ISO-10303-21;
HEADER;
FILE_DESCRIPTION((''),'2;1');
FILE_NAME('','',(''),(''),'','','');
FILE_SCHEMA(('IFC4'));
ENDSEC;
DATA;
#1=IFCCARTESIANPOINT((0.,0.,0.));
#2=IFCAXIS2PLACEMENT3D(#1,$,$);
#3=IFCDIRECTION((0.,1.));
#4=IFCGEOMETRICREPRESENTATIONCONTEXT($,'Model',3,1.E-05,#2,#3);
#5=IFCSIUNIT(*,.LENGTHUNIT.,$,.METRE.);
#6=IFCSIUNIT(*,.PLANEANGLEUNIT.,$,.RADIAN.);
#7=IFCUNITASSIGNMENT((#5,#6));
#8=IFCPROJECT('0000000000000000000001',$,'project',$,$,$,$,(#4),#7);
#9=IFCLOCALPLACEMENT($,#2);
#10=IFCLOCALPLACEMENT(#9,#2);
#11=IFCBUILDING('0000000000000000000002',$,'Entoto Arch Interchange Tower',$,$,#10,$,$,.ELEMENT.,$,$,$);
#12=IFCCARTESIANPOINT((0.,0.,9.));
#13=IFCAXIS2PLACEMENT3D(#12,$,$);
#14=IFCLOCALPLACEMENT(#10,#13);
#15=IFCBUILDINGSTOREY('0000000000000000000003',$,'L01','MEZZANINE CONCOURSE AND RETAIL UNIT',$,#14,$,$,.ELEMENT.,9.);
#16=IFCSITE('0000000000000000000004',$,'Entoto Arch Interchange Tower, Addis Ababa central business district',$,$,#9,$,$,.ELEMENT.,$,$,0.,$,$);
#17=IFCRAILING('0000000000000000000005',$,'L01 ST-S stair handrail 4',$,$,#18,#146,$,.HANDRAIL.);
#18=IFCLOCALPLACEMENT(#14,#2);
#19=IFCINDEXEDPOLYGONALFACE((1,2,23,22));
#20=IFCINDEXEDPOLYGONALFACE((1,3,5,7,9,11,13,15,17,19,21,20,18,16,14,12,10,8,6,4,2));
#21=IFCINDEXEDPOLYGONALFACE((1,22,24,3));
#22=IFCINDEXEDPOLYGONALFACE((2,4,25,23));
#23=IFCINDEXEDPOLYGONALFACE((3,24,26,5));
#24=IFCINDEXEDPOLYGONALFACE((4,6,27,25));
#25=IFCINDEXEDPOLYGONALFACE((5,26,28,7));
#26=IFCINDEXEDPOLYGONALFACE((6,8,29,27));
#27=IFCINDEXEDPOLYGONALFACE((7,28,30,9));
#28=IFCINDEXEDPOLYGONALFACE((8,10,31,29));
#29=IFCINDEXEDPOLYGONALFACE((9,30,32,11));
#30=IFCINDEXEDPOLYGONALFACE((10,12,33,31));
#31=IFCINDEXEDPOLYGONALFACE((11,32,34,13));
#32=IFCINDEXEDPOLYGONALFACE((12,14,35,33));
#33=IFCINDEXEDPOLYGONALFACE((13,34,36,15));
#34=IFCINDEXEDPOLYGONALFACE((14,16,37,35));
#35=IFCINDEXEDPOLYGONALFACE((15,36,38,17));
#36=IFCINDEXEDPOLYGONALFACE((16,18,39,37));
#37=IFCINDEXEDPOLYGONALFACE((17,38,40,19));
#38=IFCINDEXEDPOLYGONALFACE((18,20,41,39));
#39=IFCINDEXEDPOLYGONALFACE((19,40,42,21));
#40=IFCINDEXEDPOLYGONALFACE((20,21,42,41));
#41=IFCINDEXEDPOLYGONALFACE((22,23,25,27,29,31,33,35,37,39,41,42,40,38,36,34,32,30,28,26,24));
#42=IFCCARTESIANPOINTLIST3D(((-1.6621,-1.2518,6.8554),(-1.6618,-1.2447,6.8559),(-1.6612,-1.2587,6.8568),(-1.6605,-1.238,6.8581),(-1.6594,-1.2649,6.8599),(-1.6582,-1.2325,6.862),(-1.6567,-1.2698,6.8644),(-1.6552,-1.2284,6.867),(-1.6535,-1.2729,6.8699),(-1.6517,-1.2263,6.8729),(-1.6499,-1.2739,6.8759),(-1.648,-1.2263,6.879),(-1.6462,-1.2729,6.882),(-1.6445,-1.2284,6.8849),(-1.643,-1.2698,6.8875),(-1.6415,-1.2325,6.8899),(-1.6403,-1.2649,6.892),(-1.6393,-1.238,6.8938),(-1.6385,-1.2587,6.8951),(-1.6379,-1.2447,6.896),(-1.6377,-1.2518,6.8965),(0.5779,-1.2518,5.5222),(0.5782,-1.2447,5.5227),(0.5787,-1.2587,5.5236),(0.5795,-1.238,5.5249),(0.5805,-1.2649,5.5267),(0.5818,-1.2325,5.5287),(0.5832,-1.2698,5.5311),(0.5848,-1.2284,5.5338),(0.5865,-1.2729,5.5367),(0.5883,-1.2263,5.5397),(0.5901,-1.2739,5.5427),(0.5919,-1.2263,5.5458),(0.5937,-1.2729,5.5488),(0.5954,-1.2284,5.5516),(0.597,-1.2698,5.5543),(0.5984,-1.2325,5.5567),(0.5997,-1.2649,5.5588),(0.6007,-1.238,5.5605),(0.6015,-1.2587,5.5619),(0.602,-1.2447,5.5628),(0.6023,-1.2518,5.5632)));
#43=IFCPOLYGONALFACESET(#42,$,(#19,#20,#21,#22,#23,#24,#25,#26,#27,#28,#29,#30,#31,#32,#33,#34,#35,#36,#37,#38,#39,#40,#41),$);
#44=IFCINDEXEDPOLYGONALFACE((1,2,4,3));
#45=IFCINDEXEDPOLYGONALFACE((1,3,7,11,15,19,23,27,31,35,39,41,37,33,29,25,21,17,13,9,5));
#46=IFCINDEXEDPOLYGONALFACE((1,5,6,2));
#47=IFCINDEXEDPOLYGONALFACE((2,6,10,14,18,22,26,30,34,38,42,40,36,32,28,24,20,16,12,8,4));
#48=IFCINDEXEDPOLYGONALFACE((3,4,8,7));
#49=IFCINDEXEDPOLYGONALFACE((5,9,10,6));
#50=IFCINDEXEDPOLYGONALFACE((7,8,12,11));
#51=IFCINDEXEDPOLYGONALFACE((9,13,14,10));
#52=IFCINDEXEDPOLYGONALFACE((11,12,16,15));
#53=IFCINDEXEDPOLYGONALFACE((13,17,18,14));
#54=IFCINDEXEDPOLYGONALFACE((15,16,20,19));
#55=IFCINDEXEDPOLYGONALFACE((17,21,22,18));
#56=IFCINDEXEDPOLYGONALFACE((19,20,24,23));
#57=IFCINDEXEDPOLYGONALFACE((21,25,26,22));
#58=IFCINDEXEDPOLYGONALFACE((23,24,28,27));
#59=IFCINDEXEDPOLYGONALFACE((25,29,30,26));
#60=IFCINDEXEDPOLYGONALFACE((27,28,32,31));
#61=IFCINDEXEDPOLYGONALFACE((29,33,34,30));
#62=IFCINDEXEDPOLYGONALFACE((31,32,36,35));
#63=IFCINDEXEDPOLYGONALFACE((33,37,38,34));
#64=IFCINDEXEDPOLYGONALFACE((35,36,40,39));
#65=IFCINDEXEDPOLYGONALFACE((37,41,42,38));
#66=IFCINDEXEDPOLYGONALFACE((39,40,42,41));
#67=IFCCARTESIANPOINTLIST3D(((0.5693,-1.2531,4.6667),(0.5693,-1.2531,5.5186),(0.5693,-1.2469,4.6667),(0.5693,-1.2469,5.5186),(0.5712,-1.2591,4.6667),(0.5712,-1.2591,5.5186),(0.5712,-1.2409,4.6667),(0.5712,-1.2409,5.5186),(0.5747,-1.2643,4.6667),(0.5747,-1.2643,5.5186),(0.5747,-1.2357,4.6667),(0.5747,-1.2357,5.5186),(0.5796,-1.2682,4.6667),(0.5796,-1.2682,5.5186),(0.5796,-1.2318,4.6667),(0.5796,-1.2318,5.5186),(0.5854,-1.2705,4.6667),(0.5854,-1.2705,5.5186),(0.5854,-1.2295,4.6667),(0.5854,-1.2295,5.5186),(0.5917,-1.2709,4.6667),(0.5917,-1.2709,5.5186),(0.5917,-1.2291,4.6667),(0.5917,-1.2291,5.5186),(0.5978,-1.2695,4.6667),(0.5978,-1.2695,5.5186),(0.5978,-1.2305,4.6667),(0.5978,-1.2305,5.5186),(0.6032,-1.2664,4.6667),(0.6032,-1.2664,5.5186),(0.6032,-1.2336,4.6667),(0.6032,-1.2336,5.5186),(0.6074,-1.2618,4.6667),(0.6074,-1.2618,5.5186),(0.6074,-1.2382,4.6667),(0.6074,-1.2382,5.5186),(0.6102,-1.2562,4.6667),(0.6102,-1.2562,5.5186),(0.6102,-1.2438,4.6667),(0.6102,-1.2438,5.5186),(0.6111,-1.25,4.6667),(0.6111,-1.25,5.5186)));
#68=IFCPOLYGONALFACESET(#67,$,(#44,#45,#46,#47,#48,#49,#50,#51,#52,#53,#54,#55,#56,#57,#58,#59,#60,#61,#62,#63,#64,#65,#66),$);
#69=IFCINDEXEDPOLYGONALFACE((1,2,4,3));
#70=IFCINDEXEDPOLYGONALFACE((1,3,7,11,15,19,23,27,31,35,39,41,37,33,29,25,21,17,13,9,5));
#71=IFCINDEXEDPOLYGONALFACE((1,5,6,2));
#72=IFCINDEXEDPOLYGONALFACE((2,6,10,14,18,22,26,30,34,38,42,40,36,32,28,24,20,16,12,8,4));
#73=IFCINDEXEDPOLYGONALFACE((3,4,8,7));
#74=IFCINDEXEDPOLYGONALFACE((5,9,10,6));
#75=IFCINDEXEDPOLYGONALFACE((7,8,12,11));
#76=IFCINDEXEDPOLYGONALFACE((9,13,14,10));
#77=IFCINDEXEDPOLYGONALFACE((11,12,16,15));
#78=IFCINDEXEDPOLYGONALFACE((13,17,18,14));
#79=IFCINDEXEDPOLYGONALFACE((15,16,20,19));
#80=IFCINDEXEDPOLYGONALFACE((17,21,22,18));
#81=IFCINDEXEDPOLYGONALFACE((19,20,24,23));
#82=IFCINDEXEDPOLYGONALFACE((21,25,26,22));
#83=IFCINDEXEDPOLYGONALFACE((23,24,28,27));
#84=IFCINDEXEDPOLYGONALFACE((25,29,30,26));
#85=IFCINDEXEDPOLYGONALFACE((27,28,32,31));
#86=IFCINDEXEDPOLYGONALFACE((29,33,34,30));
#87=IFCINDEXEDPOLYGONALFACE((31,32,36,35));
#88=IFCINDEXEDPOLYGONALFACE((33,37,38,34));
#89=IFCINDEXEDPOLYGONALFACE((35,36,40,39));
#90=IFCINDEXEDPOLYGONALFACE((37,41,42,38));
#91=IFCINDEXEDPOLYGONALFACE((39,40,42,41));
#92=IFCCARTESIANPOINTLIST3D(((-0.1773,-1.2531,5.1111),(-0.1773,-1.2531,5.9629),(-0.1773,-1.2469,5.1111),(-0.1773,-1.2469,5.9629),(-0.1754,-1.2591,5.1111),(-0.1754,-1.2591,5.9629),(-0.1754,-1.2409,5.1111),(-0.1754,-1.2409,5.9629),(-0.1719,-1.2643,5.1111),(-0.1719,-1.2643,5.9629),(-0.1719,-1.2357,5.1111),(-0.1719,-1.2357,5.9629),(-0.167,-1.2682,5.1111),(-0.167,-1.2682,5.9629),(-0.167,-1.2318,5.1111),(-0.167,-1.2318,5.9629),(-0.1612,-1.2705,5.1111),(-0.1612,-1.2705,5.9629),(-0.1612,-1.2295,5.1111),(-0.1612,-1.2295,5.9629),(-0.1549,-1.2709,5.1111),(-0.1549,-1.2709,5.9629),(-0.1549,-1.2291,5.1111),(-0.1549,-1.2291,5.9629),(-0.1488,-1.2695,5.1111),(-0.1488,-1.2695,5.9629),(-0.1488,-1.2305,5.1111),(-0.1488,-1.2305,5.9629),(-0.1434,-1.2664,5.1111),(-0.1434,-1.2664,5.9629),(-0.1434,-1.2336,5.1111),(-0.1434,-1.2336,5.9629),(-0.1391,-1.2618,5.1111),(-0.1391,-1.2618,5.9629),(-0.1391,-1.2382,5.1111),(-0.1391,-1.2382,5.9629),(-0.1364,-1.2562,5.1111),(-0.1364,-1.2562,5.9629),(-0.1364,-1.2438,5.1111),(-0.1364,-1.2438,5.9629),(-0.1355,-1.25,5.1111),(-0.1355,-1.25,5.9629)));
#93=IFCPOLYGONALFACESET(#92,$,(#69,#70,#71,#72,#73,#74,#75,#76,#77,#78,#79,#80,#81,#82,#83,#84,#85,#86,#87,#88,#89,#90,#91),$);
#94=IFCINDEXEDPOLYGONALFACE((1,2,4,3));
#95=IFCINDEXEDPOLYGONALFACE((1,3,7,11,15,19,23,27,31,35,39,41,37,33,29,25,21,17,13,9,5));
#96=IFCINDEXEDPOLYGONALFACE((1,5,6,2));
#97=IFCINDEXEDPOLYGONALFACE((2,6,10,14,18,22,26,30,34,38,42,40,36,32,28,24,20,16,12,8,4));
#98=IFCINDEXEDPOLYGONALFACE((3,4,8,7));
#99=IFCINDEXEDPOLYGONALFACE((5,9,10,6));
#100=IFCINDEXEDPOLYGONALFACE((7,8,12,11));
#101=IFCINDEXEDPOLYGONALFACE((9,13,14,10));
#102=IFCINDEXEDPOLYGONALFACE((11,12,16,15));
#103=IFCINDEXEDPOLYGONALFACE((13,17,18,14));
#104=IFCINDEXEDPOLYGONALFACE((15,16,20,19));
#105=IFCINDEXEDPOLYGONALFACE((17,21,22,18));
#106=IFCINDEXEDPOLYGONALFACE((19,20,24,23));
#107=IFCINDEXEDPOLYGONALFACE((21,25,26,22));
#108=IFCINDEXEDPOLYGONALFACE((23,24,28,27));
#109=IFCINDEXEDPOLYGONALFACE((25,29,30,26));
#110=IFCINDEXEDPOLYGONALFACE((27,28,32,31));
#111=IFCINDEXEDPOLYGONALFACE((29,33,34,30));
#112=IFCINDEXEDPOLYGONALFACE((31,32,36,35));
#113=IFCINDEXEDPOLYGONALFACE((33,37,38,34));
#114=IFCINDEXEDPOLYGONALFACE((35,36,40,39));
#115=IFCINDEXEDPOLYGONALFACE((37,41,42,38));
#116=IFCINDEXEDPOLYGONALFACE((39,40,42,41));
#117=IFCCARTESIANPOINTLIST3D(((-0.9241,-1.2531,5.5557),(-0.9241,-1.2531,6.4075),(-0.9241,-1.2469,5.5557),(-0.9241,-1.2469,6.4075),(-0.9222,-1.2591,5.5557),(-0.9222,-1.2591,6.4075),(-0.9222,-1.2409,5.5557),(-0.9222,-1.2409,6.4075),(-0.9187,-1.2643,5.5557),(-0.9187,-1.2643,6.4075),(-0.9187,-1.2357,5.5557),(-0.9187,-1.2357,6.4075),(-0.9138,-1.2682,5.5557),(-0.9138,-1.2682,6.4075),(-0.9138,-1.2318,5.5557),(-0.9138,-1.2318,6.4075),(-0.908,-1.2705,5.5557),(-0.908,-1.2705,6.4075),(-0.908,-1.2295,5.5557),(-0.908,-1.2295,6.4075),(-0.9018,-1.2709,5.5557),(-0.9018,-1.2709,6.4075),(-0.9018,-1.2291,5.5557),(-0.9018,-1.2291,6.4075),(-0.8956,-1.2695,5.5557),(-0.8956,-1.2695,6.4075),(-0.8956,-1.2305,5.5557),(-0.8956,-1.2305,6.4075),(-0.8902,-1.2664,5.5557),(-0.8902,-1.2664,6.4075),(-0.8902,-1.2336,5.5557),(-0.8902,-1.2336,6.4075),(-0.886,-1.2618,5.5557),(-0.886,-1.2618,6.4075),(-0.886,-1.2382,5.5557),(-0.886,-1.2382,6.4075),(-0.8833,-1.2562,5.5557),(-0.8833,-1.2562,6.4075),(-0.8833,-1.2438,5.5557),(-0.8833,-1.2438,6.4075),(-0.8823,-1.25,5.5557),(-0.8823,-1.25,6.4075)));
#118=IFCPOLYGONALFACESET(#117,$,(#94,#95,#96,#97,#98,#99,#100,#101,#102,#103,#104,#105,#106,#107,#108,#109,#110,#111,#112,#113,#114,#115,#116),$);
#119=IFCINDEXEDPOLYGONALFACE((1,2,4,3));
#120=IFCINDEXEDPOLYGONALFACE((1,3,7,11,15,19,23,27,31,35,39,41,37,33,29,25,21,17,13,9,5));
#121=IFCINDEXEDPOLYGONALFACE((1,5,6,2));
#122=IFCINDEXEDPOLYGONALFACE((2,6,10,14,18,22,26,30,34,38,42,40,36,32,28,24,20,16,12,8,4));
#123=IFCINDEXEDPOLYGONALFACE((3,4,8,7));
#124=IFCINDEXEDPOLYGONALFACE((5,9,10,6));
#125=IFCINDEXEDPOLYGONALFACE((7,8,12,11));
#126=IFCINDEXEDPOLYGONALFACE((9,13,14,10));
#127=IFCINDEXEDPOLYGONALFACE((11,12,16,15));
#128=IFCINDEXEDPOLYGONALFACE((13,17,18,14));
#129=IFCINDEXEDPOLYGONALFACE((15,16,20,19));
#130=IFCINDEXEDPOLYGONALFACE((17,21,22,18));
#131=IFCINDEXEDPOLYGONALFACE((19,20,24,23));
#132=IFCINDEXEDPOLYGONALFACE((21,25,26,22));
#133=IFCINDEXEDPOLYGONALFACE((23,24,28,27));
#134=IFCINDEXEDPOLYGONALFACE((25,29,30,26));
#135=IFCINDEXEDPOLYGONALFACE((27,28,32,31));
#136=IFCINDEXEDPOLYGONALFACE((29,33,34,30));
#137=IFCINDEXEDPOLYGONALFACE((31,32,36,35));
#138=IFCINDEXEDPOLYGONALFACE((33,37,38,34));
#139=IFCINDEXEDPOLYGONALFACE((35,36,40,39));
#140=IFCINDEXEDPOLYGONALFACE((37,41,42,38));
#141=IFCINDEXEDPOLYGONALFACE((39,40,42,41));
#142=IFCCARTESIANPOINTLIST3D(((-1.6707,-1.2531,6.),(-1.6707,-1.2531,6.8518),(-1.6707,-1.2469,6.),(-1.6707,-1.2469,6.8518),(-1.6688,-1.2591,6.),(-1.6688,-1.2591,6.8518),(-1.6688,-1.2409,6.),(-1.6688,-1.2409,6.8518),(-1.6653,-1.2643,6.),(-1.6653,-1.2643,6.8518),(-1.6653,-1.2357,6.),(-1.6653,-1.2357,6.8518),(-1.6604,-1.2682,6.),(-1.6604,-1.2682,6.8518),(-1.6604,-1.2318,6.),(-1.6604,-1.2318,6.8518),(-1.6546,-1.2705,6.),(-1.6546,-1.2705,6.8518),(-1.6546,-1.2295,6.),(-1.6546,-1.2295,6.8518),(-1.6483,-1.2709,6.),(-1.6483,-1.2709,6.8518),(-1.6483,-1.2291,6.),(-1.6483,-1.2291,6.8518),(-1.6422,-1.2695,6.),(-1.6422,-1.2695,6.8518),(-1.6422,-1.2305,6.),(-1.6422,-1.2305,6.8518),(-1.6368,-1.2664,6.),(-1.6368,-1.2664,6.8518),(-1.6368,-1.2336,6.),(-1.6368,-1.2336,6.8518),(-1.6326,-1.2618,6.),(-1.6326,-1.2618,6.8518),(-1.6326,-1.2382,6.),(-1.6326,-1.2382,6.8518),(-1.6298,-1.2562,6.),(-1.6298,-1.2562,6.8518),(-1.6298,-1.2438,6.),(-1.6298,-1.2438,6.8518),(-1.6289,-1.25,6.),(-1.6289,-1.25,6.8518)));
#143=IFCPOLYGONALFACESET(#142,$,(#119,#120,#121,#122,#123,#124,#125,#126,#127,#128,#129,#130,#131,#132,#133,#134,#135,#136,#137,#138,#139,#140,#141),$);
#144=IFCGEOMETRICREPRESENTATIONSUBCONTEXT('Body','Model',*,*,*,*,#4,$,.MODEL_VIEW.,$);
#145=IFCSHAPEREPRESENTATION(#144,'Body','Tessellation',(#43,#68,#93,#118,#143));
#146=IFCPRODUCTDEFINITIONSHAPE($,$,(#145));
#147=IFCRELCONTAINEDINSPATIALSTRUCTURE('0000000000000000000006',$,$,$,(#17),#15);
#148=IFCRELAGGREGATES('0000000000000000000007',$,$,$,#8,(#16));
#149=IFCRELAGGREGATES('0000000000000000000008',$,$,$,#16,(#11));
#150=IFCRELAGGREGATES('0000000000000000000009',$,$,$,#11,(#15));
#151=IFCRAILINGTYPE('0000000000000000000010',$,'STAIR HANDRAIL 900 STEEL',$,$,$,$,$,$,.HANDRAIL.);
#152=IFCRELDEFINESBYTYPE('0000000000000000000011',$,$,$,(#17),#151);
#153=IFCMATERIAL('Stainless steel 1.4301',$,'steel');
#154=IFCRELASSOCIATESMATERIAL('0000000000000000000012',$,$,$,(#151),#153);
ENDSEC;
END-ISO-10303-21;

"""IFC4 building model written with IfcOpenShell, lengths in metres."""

from ifc_helpers import new_model, si_unit, direction, frame, origin, origin_2d, place, context, subcontext, project, spatial, circle, extrude, material, type_object, element, save


model = new_model("IFC4")

# Units and contexts
model_context = context("Model", 3, precision=1e-05, world=origin(), true_north=direction((0.0, 1.0)))
body_context = subcontext(model_context, "Body", "Model", "MODEL_VIEW")
ifc_project = project(units=[si_unit("LENGTHUNIT", "METRE"), si_unit("PLANEANGLEUNIT", "RADIAN")], contexts=[model_context])

# Site, building, storey
site_placement = place(None, origin())
site = spatial("IfcSite", under=ifc_project, at=site_placement, Name="Entoto Arch Interchange Tower, Addis Ababa central business district", CompositionType="ELEMENT", RefElevation=0.0)
building_placement = place(site_placement, origin())
building = spatial("IfcBuilding", under=site, at=building_placement, Name="Entoto Arch Interchange Tower", CompositionType="ELEMENT")
storey_placement = place(building_placement, frame((0.0, 0.0, 9.0)))
storey = spatial("IfcBuildingStorey", under=building, at=storey_placement, Name="L01", Description="MEZZANINE CONCOURSE AND RETAIL UNIT", CompositionType="ELEMENT", Elevation=9.0)

# Railing
ifc_material_1 = material(Name="Stainless steel 1.4301", Category="steel")
railing_type = type_object("IfcRailingType", Name="STAIR HANDRAIL 900 STEEL", PredefinedType="HANDRAIL", material=ifc_material_1)
for number, where, name in (
    (1, (0.5901, -1.25, 4.6667), "L01 ST-S stair handrail 4"),
):
    element("IfcRailing", number, at=place(storey_placement, frame(where)), inside=storey, type_object=railing_type, Name=name, PredefinedType="HANDRAIL", context=body_context, shape_type="SweptSolid", body=[
        extrude(circle(Radius=0.0239, at=origin_2d()), frame((0.0, 0.0, 0.876), z_axis=(-0.859306, 0.0, 0.511462), x_axis=(0.0, -1.0, 0.0)), (0.0, 0.0, 1.0), 2.6067),
        extrude(circle(Radius=0.021, at=origin_2d()), origin(), (0.0, 0.0, 1.0), 0.8518),
        extrude(circle(Radius=0.021, at=origin_2d()), frame((-0.7466, 0.0, 0.4443)), (0.0, 0.0, 1.0), 0.8518),
        extrude(circle(Radius=0.021, at=origin_2d()), frame((-1.4934, 0.0, 0.8889)), (0.0, 0.0, 1.0), 0.8518),
        extrude(circle(Radius=0.021, at=origin_2d()), frame((-2.24, 0.0, 1.3333)), (0.0, 0.0, 1.0), 0.8518),
    ])

save(model, "model.ifc")
